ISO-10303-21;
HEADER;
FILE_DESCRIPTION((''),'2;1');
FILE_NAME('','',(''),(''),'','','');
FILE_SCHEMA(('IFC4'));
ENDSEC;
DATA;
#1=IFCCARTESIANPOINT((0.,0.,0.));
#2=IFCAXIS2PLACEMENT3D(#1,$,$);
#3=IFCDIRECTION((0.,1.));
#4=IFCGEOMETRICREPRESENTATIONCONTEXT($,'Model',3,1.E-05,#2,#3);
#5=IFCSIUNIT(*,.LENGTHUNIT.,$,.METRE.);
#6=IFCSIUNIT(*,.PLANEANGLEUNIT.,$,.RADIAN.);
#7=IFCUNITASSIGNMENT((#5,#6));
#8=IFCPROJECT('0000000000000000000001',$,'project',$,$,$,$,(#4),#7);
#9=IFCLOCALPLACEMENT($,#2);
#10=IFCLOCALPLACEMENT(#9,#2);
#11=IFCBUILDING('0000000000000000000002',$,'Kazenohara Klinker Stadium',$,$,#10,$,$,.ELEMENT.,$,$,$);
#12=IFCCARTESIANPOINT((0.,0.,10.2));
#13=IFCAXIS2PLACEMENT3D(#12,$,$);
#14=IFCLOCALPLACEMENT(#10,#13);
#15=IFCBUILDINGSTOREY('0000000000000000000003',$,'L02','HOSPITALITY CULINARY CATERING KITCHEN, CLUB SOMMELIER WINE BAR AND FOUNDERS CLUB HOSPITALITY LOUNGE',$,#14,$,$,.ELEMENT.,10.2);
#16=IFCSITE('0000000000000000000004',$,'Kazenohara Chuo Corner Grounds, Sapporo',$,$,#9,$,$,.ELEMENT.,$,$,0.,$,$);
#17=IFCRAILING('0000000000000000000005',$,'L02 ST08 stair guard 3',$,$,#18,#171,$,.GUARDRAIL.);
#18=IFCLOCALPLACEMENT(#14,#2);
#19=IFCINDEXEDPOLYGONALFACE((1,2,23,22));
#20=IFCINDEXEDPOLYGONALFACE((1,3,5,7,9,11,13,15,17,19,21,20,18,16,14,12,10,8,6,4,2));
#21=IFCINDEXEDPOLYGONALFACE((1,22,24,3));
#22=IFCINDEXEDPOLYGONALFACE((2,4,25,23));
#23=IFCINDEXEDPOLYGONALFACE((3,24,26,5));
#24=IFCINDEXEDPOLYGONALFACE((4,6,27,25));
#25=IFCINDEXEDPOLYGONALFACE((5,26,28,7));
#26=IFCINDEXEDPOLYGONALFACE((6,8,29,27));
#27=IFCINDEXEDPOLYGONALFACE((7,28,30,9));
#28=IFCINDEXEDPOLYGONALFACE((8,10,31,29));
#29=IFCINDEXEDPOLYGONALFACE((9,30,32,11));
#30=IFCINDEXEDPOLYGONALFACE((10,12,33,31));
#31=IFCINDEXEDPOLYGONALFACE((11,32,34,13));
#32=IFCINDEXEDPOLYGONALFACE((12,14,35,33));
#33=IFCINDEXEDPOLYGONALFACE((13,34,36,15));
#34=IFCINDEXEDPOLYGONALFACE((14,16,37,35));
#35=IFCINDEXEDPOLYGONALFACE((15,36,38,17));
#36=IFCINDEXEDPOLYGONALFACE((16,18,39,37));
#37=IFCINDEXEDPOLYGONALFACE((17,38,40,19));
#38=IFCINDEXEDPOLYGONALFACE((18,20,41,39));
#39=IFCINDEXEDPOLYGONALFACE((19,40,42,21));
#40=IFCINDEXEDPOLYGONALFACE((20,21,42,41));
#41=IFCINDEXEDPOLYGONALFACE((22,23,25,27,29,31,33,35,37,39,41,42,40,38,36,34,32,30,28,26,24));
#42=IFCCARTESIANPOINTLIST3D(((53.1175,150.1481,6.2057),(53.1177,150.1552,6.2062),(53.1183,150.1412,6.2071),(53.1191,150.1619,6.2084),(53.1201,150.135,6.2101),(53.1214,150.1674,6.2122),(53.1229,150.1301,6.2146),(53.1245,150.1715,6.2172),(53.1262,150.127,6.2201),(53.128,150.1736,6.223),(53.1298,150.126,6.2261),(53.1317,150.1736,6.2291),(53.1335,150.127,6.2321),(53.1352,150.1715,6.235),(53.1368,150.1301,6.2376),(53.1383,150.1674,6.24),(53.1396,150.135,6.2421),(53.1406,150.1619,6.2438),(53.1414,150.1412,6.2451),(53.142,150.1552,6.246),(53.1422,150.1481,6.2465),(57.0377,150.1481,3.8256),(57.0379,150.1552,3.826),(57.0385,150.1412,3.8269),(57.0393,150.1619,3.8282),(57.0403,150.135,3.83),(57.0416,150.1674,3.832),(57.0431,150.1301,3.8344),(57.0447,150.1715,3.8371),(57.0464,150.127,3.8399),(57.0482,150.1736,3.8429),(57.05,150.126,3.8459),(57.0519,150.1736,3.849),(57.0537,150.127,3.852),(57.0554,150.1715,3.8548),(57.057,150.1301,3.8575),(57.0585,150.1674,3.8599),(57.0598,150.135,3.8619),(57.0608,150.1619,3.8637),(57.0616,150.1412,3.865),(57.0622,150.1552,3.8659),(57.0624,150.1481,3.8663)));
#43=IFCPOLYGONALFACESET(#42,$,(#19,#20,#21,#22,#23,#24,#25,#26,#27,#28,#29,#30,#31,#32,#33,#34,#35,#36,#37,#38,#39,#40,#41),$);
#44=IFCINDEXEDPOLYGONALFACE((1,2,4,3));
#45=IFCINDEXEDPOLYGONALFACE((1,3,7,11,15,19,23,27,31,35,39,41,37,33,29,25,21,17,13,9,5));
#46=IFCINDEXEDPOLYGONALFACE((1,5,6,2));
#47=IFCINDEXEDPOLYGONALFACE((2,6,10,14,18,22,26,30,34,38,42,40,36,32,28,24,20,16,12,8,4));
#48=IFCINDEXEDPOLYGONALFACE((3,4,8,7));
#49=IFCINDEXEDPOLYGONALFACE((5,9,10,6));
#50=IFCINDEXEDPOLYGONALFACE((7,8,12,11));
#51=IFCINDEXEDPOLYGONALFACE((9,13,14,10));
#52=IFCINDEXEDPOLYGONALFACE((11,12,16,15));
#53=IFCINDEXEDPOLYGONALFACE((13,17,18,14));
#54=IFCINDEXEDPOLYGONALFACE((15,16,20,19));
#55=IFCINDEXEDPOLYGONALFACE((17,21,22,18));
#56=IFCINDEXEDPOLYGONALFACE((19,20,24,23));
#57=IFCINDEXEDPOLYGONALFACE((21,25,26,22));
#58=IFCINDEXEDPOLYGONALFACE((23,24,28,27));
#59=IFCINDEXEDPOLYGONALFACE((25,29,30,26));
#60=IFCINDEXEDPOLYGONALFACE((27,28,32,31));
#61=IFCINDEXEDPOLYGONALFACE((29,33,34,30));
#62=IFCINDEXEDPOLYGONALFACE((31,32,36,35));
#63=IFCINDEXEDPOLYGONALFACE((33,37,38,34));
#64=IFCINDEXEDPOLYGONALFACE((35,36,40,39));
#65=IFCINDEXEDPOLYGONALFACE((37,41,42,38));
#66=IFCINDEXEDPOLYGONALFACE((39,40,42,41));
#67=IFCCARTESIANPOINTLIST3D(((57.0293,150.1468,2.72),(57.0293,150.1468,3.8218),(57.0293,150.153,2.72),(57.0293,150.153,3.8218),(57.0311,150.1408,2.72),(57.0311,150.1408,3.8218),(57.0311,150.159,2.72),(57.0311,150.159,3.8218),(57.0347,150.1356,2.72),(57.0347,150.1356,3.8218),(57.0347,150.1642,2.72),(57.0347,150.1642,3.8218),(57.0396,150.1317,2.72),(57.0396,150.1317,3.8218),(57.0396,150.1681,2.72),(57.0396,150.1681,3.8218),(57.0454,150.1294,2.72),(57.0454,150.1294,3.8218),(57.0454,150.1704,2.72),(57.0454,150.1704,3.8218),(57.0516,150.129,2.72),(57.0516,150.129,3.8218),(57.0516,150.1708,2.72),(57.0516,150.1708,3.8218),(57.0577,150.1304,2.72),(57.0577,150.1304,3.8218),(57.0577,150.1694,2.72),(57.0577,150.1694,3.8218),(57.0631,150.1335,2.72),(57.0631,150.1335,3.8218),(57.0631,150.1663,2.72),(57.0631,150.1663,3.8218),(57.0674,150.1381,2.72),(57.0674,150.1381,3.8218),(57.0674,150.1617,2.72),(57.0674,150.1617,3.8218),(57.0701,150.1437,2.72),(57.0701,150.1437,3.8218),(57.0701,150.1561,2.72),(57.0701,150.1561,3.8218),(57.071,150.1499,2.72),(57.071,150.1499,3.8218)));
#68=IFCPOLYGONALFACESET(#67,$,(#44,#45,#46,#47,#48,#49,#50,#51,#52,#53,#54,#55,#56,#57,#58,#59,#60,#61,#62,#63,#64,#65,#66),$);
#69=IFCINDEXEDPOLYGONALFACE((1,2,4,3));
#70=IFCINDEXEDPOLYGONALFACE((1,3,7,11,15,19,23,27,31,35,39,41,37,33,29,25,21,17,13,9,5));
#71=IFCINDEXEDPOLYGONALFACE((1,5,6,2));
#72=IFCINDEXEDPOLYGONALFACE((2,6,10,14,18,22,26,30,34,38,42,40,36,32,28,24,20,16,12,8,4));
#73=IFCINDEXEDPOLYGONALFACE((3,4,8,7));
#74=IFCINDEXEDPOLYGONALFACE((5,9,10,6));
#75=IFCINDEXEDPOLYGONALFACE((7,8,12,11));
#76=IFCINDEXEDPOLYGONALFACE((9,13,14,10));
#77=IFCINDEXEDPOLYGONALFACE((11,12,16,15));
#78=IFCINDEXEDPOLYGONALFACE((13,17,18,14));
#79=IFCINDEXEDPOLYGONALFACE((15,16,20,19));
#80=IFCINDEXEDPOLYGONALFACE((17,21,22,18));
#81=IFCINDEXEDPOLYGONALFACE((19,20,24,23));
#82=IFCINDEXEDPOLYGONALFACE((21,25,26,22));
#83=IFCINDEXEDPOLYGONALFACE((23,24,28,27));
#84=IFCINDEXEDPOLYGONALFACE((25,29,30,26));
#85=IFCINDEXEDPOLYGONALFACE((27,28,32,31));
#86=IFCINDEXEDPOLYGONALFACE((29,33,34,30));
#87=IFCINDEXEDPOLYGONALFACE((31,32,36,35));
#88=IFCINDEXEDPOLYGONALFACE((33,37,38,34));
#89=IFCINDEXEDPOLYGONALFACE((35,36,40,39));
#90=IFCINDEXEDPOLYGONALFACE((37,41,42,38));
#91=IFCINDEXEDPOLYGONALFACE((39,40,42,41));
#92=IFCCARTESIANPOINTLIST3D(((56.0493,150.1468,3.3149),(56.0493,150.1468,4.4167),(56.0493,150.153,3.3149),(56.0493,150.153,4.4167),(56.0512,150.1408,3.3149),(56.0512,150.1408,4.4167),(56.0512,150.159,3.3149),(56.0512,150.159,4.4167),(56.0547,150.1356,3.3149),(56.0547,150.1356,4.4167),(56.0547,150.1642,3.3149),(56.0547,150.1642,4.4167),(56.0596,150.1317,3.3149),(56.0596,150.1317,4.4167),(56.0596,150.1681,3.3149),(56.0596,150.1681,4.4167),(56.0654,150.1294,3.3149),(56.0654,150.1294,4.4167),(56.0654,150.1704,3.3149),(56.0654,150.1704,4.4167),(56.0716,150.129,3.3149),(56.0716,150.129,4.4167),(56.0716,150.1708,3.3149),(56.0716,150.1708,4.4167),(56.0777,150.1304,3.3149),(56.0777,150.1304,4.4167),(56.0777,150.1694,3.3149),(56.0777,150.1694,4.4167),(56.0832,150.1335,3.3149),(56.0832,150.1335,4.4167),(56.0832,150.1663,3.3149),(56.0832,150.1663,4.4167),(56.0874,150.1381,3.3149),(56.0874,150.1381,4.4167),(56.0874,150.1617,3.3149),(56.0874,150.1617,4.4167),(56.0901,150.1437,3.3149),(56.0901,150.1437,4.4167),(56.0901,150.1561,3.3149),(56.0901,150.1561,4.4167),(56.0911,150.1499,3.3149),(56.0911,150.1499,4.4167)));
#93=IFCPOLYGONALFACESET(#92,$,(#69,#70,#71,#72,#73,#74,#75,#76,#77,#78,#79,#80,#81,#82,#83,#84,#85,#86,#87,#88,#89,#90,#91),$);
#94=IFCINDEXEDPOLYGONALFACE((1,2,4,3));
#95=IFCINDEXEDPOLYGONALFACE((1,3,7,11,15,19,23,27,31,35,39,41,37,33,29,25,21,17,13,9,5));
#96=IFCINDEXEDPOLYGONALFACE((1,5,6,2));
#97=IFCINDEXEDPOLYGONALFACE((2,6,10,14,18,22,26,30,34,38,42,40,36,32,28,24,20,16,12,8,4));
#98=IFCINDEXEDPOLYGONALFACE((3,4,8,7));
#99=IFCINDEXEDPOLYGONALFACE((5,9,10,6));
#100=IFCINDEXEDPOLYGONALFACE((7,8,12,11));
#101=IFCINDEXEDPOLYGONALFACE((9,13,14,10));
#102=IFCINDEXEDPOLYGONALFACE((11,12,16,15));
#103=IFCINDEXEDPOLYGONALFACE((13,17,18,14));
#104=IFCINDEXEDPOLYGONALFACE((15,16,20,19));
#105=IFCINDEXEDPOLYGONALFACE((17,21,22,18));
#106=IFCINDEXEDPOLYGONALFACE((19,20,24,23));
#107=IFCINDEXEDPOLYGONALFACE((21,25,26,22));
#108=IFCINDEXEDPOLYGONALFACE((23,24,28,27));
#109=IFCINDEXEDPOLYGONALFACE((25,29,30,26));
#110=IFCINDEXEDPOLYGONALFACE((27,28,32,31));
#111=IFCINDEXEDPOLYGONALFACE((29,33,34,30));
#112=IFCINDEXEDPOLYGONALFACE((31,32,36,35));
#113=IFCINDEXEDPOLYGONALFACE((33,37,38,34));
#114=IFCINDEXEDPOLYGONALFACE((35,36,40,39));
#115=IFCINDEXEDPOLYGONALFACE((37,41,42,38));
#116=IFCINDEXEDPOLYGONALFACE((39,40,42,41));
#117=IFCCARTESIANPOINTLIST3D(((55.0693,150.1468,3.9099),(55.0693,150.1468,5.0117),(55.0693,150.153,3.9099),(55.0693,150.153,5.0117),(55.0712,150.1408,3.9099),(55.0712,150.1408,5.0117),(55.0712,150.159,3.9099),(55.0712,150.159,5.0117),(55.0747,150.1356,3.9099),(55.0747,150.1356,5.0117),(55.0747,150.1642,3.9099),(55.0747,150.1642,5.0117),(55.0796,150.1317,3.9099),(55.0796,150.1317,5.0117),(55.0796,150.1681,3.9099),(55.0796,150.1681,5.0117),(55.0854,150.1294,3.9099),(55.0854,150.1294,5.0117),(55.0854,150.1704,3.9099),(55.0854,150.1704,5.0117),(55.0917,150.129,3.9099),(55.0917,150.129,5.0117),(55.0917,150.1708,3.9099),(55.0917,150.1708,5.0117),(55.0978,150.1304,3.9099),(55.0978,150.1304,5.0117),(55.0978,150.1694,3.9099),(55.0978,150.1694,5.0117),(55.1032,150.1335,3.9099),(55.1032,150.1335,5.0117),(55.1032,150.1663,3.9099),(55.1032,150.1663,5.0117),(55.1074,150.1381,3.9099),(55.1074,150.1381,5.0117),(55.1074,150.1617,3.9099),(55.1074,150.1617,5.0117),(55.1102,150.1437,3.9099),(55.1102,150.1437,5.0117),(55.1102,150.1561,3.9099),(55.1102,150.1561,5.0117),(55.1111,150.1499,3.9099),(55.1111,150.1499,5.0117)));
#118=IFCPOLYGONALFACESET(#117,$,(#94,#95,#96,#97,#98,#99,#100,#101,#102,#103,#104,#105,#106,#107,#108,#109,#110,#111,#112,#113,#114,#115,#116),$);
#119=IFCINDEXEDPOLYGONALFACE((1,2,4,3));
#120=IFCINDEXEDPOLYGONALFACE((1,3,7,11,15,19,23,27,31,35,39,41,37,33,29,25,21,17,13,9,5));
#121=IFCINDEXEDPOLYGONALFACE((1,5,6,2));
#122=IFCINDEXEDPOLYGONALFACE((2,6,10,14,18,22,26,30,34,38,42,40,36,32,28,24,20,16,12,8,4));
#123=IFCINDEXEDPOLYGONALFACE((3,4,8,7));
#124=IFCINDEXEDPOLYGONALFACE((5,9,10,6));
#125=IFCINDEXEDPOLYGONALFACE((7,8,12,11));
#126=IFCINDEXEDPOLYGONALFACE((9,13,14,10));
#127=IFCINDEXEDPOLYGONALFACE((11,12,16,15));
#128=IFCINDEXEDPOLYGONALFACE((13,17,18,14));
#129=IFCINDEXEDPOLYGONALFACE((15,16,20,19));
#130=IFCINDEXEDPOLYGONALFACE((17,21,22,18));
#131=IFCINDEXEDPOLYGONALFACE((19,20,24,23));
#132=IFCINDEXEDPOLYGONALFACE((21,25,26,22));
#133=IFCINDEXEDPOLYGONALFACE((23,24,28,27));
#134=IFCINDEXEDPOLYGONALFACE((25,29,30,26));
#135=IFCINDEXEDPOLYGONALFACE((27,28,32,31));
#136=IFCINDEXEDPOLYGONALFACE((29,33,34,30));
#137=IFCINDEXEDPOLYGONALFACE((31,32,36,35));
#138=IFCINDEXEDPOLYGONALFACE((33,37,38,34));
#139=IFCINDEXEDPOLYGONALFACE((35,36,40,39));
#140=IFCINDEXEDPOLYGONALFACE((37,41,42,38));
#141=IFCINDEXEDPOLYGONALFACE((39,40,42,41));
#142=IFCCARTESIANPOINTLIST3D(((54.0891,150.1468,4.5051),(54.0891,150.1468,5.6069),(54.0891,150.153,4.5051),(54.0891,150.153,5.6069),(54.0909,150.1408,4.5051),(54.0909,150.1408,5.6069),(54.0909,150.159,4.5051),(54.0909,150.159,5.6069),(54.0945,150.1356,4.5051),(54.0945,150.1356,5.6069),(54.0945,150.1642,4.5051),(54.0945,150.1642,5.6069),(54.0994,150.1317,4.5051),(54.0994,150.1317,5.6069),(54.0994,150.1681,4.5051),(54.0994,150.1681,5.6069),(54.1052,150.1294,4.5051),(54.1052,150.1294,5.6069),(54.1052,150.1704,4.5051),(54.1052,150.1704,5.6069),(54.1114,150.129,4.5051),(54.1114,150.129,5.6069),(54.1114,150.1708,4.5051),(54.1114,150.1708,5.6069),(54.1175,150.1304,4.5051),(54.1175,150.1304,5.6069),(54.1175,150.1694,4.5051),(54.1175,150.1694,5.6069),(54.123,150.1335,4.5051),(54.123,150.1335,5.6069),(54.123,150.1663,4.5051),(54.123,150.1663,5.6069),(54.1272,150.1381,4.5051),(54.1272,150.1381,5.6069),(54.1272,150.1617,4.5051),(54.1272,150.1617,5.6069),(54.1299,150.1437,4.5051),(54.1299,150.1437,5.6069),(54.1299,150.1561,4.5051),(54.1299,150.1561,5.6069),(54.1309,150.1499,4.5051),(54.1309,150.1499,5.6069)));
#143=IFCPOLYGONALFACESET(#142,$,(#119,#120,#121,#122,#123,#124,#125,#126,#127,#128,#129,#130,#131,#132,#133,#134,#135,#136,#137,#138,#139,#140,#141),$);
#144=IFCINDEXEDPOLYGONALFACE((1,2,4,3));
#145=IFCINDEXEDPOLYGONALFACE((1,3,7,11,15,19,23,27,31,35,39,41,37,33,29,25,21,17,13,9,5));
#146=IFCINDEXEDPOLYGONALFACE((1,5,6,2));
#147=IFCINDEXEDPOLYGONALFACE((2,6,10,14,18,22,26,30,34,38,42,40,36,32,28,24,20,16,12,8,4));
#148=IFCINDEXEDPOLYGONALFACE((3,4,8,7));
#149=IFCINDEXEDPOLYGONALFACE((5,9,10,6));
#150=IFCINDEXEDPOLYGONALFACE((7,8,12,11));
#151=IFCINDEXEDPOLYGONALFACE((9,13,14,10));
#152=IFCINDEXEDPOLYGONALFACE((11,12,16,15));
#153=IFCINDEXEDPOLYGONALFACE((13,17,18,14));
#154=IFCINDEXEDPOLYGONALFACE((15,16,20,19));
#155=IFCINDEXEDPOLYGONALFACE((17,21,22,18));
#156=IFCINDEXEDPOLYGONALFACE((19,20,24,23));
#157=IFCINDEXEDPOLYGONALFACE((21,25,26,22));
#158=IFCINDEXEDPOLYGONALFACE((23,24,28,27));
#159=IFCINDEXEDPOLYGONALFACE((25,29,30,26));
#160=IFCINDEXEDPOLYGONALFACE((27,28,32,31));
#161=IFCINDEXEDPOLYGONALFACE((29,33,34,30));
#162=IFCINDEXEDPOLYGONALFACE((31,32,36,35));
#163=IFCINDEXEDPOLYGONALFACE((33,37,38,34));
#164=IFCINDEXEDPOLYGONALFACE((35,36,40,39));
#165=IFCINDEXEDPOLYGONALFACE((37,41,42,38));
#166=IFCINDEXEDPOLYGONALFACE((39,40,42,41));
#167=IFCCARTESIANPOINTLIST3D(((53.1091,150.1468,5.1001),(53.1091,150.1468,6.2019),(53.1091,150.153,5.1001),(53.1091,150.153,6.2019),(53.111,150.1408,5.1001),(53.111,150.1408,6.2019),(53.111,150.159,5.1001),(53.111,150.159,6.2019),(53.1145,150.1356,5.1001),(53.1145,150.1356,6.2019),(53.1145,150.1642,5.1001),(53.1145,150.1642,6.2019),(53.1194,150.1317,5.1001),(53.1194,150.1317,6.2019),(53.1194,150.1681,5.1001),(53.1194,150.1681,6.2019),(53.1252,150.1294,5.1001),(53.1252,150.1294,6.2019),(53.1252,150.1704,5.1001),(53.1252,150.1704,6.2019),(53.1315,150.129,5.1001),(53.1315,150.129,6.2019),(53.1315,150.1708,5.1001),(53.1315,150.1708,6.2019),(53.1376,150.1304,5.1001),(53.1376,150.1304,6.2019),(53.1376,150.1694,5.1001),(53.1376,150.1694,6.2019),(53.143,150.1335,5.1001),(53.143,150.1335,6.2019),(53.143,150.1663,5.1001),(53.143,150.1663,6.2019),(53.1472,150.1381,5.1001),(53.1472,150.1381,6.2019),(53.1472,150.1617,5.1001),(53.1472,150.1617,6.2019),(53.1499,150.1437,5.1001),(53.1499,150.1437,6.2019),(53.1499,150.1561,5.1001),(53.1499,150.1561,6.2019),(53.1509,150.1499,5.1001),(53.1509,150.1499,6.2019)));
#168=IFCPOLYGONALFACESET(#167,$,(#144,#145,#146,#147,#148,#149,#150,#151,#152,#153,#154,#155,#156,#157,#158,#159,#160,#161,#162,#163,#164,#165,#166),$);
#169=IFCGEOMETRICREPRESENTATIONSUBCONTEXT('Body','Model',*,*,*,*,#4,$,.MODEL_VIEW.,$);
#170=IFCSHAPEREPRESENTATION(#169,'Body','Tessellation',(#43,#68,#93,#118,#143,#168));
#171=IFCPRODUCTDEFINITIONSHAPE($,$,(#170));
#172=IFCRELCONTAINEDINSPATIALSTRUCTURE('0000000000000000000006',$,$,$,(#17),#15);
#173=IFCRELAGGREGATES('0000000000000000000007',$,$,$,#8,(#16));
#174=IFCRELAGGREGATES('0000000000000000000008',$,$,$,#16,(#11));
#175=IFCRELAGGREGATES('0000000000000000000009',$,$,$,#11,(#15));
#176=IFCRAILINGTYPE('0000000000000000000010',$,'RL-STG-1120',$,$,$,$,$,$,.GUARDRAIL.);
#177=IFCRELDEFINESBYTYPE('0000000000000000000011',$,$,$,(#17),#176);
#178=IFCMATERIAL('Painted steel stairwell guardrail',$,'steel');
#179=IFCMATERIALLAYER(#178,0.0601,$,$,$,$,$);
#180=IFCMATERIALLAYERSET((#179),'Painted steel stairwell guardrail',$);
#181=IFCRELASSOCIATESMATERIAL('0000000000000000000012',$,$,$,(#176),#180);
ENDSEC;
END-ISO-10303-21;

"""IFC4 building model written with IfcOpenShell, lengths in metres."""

from ifc_helpers import new_model, si_unit, direction, frame, origin, origin_2d, place, context, subcontext, project, spatial, circle, extrude, material, layer, layer_set, type_object, element, save


model = new_model("IFC4")

# Units and contexts
model_context = context("Model", 3, precision=1e-05, world=origin(), true_north=direction((0.0, 1.0)))
body_context = subcontext(model_context, "Body", "Model", "MODEL_VIEW")
ifc_project = project(units=[si_unit("LENGTHUNIT", "METRE"), si_unit("PLANEANGLEUNIT", "RADIAN")], contexts=[model_context])

# Site, building, storey
site_placement = place(None, origin())
site = spatial("IfcSite", under=ifc_project, at=site_placement, Name="Kazenohara Chuo Corner Grounds, Sapporo", CompositionType="ELEMENT", RefElevation=0.0)
building_placement = place(site_placement, origin())
building = spatial("IfcBuilding", under=site, at=building_placement, Name="Kazenohara Klinker Stadium", CompositionType="ELEMENT")
storey_placement = place(building_placement, frame((0.0, 0.0, 10.2)))
storey = spatial("IfcBuildingStorey", under=building, at=storey_placement, Name="L02", Description="HOSPITALITY CULINARY CATERING KITCHEN, CLUB SOMMELIER WINE BAR AND FOUNDERS CLUB HOSPITALITY LOUNGE", CompositionType="ELEMENT", Elevation=10.2)

# Railing
ifc_material_1 = material(Name="Painted steel stairwell guardrail", Category="steel")
ifc_layer_1 = layer(ifc_material_1, 0.0601)
ifc_layer_set_1 = layer_set([ifc_layer_1], Name="Painted steel stairwell guardrail")
railing_type_1 = type_object("IfcRailingType", Name="RL-STG-1120", PredefinedType="GUARDRAIL", material=ifc_layer_set_1)
railing_1_placement = place(storey_placement, frame((57.05, 150.1499, 2.72)))
element("IfcRailing", 1, at=railing_1_placement, inside=storey, type_object=railing_type_1, Name="L02 ST08 stair guard 3", PredefinedType="GUARDRAIL", context=body_context, shape_type="SweptSolid", body=[
    extrude(circle(Radius=0.0239, at=origin_2d()), frame((0.0, 0.0, 1.126), z_axis=(-0.854785, 0.0, 0.518982), x_axis=(0.0, -1.0, 0.0)), (0.0, 0.0, 1.0), 4.5862),
    extrude(circle(Radius=0.021, at=origin_2d()), origin(), (0.0, 0.0, 1.0), 1.1018),
    extrude(circle(Radius=0.021, at=origin_2d()), frame((-0.98, 0.0, 0.595)), (0.0, 0.0, 1.0), 1.1018),
    extrude(circle(Radius=0.021, at=origin_2d()), frame((-1.96, 0.0, 1.1899)), (0.0, 0.0, 1.0), 1.1018),
    extrude(circle(Radius=0.021, at=origin_2d()), frame((-2.9402, 0.0, 1.7852)), (0.0, 0.0, 1.0), 1.1018),
    extrude(circle(Radius=0.021, at=origin_2d()), frame((-3.9202, 0.0, 2.3801)), (0.0, 0.0, 1.0), 1.1018),
])

save(model, "model.ifc")
